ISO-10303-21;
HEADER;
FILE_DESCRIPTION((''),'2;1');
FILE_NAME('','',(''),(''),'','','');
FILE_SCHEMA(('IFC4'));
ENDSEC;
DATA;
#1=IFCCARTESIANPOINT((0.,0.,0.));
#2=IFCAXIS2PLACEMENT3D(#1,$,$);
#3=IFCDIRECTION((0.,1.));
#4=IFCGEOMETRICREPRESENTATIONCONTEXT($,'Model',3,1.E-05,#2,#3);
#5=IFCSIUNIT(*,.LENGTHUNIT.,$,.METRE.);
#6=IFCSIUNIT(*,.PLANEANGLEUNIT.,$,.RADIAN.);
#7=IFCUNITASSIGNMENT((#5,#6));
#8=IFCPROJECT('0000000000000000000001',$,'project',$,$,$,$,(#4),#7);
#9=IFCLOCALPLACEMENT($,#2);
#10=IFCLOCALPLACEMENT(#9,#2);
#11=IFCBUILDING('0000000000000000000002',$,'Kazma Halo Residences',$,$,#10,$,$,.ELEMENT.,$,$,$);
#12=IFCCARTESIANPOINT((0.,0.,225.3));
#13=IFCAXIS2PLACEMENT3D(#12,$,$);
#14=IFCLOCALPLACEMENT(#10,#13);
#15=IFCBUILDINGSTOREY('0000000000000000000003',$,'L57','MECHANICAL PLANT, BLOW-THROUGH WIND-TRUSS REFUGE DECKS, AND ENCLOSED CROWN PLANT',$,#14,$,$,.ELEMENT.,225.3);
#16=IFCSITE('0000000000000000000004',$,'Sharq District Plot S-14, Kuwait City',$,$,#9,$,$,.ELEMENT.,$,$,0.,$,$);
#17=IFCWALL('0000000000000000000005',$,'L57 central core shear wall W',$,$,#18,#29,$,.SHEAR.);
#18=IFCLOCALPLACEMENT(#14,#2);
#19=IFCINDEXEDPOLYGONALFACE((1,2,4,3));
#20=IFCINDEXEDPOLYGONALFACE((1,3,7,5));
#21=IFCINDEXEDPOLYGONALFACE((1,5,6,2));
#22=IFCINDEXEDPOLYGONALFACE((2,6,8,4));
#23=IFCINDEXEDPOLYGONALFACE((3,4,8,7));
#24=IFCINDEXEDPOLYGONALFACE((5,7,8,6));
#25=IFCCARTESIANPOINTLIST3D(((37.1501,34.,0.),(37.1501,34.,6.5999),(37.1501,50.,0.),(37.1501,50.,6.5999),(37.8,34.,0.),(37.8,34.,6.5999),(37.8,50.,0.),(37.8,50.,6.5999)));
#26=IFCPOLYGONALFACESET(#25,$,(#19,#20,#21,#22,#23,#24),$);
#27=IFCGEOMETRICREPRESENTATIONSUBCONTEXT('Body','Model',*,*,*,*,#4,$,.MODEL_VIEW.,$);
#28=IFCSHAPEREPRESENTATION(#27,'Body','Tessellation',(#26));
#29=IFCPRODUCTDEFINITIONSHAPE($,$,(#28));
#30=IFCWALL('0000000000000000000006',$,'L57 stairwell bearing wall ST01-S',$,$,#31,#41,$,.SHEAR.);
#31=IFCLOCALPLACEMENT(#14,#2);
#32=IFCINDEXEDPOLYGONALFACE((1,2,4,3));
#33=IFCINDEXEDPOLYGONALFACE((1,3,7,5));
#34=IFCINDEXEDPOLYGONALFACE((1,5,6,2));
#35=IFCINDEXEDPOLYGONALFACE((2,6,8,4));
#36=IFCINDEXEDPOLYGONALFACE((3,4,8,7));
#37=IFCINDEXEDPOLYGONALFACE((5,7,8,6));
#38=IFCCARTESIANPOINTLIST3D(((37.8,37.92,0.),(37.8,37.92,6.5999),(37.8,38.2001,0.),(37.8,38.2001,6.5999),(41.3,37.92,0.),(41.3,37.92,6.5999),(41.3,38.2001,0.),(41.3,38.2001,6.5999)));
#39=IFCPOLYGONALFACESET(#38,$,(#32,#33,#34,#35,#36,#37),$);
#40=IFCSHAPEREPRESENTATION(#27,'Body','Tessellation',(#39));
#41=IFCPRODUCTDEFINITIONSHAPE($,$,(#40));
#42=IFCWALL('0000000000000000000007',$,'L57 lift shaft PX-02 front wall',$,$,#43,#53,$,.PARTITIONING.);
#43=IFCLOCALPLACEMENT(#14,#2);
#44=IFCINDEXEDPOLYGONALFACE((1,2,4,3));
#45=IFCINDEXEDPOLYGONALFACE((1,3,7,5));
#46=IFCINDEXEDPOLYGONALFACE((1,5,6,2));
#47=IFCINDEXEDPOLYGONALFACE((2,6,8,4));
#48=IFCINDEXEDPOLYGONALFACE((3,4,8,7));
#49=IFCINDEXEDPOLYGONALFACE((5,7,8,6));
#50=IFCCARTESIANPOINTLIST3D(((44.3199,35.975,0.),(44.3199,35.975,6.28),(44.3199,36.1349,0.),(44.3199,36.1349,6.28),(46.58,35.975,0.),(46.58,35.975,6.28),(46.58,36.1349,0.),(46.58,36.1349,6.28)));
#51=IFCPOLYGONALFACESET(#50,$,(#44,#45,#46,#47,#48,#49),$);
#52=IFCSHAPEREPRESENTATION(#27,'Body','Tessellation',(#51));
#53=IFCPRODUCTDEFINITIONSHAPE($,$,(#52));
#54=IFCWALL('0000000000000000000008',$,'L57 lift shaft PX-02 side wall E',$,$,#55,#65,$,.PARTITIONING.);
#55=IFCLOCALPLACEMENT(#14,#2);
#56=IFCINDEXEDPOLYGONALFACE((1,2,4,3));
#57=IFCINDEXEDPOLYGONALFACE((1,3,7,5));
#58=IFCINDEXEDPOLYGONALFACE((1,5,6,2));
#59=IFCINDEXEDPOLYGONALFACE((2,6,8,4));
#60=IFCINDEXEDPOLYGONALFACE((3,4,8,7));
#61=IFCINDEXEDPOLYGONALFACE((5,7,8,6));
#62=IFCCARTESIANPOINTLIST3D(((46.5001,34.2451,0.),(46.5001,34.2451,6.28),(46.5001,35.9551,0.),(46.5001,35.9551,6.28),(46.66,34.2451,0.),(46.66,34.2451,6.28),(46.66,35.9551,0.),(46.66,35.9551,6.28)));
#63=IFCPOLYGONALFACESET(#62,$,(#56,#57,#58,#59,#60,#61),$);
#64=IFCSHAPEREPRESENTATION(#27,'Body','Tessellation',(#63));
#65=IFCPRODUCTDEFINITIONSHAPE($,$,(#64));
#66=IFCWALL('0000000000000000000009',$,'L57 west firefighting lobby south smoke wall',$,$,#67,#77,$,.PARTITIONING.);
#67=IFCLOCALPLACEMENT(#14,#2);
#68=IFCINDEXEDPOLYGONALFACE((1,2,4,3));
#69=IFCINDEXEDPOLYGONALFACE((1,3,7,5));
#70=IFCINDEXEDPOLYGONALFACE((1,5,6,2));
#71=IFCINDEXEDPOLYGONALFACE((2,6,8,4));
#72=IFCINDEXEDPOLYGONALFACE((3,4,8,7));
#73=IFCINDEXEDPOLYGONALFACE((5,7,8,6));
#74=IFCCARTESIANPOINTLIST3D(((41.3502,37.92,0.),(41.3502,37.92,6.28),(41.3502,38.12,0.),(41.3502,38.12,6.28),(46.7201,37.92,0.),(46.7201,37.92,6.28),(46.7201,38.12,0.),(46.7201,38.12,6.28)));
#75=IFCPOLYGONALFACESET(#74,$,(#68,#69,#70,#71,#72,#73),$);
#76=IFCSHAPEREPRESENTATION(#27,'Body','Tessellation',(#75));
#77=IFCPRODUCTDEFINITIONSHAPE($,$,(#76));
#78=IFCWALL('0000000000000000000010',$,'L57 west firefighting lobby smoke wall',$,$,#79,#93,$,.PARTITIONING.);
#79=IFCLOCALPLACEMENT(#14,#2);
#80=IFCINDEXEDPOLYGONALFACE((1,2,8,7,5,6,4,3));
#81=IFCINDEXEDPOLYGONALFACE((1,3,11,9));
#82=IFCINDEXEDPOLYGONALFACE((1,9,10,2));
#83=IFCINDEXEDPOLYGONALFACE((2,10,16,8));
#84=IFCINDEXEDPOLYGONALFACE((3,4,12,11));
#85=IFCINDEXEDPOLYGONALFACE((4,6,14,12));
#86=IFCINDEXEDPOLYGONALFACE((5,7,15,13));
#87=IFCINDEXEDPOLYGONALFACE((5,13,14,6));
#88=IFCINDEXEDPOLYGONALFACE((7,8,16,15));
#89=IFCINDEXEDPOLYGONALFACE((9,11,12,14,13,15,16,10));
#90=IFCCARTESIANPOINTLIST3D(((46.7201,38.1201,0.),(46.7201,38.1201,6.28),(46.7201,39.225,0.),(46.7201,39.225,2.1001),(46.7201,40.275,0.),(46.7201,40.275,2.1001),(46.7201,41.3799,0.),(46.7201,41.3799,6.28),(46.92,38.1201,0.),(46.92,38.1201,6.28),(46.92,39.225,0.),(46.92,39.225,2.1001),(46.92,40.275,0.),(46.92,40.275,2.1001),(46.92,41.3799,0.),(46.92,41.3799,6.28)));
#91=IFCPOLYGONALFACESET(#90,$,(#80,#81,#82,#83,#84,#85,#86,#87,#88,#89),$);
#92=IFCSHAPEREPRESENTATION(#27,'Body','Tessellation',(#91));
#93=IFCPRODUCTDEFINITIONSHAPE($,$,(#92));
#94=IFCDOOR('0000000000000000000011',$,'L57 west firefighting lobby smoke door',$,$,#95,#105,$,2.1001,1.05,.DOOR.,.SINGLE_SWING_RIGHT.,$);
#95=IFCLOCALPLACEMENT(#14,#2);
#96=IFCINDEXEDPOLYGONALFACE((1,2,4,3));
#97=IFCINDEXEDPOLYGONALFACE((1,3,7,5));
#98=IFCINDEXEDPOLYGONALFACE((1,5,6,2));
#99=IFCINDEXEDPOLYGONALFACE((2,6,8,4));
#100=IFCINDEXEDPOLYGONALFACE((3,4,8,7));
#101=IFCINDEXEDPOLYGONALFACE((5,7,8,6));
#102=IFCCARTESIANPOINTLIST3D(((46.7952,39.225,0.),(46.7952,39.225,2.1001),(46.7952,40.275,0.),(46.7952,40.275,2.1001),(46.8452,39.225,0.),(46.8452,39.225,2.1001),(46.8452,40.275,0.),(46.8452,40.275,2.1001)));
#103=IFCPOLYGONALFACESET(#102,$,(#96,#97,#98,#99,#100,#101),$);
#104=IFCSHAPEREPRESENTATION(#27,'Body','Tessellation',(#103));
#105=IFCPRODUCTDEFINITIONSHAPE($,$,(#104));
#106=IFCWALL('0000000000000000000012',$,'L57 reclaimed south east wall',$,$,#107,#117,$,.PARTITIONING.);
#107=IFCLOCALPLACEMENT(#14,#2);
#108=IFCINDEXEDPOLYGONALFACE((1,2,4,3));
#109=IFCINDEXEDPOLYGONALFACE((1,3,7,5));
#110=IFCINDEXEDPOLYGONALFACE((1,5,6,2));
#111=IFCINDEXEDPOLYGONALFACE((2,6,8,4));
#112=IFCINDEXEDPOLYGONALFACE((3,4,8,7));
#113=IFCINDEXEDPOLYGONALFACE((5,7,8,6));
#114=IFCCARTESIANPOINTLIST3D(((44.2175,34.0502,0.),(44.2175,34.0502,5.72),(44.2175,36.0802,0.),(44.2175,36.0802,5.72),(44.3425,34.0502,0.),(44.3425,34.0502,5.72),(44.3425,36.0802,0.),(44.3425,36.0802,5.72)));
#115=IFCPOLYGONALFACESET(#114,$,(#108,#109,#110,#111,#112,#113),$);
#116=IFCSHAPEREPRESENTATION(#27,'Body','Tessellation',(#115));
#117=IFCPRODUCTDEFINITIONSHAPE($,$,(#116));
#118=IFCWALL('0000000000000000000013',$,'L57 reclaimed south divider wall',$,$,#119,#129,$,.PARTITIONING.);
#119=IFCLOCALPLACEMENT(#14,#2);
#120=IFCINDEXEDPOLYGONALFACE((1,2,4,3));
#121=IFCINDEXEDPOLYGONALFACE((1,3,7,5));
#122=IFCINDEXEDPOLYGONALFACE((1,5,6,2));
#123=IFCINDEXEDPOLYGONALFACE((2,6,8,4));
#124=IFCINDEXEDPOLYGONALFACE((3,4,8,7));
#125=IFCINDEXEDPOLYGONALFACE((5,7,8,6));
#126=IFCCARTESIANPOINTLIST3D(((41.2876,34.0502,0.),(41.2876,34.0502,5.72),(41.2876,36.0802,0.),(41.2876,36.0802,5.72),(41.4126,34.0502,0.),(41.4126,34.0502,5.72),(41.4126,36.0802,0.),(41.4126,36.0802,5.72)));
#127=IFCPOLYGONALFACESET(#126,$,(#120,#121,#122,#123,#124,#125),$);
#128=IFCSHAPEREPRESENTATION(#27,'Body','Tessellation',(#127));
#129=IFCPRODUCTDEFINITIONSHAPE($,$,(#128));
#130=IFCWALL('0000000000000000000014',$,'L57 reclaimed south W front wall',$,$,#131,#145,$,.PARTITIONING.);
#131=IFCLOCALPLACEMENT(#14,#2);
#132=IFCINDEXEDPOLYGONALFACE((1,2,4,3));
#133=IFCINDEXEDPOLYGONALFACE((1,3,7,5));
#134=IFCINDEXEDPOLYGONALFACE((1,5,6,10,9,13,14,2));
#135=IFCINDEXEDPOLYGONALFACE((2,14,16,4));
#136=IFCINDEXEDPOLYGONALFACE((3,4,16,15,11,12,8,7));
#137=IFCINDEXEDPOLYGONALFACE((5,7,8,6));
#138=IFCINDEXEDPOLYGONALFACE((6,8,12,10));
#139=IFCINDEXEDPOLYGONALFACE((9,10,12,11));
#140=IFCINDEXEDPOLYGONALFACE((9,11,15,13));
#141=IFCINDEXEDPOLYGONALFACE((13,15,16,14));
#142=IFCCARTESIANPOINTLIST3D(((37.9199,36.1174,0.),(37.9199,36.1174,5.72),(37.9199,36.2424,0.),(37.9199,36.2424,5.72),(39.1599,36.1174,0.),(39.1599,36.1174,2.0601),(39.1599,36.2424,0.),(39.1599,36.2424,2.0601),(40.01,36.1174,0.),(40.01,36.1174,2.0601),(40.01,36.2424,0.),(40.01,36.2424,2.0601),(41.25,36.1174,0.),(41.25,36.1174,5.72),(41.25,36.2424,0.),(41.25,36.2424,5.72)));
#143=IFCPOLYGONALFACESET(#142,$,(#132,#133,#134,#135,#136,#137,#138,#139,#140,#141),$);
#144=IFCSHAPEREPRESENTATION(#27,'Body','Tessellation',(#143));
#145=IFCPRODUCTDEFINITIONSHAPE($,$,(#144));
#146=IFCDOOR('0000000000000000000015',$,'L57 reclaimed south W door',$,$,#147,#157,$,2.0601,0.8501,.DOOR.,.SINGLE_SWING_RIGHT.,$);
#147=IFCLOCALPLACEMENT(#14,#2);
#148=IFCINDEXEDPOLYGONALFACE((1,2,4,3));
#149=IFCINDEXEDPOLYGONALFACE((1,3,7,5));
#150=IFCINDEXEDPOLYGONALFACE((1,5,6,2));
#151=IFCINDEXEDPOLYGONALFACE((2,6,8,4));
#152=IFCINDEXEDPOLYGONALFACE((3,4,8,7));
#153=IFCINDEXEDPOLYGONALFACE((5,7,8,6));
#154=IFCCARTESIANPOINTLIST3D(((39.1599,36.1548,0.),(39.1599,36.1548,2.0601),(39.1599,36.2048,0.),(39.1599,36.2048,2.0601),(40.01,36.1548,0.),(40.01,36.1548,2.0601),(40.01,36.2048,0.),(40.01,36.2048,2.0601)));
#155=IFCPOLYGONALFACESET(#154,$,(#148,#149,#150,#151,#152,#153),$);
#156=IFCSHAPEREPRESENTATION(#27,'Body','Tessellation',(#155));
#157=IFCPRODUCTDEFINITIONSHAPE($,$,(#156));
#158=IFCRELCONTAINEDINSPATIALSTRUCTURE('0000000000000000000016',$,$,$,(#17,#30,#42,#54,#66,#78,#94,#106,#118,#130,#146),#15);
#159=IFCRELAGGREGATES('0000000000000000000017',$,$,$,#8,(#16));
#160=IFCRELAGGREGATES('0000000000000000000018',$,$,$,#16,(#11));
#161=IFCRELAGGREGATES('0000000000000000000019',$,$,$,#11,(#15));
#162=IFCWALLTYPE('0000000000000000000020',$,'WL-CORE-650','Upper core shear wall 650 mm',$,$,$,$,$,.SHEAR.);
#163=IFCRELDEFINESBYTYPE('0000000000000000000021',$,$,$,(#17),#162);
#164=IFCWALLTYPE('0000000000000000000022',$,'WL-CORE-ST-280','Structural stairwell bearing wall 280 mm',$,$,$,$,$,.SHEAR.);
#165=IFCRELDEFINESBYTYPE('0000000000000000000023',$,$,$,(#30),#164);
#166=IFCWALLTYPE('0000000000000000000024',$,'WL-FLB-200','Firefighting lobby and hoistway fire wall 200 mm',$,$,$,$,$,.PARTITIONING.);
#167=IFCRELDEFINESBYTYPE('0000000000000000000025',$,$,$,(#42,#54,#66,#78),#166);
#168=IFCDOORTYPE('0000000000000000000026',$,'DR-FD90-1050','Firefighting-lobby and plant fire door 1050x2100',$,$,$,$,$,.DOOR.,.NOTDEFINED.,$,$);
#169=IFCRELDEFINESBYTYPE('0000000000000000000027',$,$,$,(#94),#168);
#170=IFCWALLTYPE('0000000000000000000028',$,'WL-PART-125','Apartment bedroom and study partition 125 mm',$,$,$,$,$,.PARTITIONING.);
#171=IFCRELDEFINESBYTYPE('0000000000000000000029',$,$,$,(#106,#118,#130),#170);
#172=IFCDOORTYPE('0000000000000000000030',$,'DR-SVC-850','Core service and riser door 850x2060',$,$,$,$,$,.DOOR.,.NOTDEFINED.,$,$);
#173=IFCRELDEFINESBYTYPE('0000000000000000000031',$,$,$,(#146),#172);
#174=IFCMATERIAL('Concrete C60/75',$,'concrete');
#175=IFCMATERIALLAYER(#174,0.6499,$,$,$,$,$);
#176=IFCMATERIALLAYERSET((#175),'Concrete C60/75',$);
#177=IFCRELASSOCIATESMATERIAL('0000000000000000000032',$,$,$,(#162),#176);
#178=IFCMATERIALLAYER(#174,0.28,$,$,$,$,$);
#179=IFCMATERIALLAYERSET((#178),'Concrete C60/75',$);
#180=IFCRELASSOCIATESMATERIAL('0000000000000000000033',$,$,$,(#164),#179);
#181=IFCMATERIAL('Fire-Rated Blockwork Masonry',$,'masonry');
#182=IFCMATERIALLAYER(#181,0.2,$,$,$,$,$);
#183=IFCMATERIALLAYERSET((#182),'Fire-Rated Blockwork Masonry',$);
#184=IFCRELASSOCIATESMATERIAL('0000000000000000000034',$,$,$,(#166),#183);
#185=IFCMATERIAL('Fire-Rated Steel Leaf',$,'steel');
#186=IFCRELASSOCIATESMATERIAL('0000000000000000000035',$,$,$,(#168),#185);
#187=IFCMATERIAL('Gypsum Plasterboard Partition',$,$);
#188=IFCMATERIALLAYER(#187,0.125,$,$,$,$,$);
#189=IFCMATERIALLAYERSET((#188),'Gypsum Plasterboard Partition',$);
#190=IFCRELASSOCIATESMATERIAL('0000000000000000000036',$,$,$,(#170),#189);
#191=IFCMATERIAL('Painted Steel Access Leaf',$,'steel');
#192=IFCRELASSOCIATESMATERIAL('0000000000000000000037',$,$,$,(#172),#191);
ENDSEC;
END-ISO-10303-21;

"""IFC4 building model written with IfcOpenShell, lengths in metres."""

from ifc_helpers import new_model, si_unit, direction, frame, frame_2d, origin, place, context, subcontext, project, spatial, rectangle, extrude, material, layer, layer_set, type_object, element, fill, save


model = new_model("IFC4")

# Units and contexts
model_context = context("Model", 3, precision=1e-05, world=origin(), true_north=direction((0.0, 1.0)))
body_context = subcontext(model_context, "Body", "Model", "MODEL_VIEW")
ifc_project = project(units=[si_unit("LENGTHUNIT", "METRE"), si_unit("PLANEANGLEUNIT", "RADIAN")], contexts=[model_context])

# Site, building, storey
site_placement = place(None, origin())
site = spatial("IfcSite", under=ifc_project, at=site_placement, Name="Sharq District Plot S-14, Kuwait City", CompositionType="ELEMENT", RefElevation=0.0)
building_placement = place(site_placement, origin())
building = spatial("IfcBuilding", under=site, at=building_placement, Name="Kazma Halo Residences", CompositionType="ELEMENT")
storey_placement = place(building_placement, frame((0.0, 0.0, 225.3)))
storey = spatial("IfcBuildingStorey", under=building, at=storey_placement, Name="L57", Description="MECHANICAL PLANT, BLOW-THROUGH WIND-TRUSS REFUGE DECKS, AND ENCLOSED CROWN PLANT", CompositionType="ELEMENT", Elevation=225.3)

# Walls
ifc_material_1 = material(Name="Concrete C60/75", Category="concrete")
ifc_layer_1 = layer(ifc_material_1, 0.6499)
ifc_layer_set_1 = layer_set([ifc_layer_1], Name="Concrete C60/75")
wall_type_1 = type_object("IfcWallType", Name="WL-CORE-650", Description="Upper core shear wall 650 mm", PredefinedType="SHEAR", material=ifc_layer_set_1)
wall_1_placement = place(storey_placement, frame((37.4751, 34.0, 0.0), z_axis=(0.0, 0.0, 1.0), x_axis=(0.0, 1.0, 0.0)))
element("IfcWall", 1, at=wall_1_placement, inside=storey, type_object=wall_type_1, Name="L57 central core shear wall W", PredefinedType="SHEAR", context=body_context, shape_type="SweptSolid", body=[
    extrude(rectangle(XDim=16.0, YDim=0.6499, at=frame_2d((8.0, 0.0))), origin(), (0.0, 0.0, 1.0), 6.5999),
])
ifc_layer_2 = layer(ifc_material_1, 0.28)
ifc_layer_set_2 = layer_set([ifc_layer_2], Name="Concrete C60/75")
wall_type_2 = type_object("IfcWallType", Name="WL-CORE-ST-280", Description="Structural stairwell bearing wall 280 mm", PredefinedType="SHEAR", material=ifc_layer_set_2)
wall_2_placement = place(storey_placement, frame((37.8, 38.0601, 0.0), z_axis=(0.0, 0.0, 1.0), x_axis=(1.0, 0.0, 0.0)))
element("IfcWall", 2, at=wall_2_placement, inside=storey, type_object=wall_type_2, Name="L57 stairwell bearing wall ST01-S", PredefinedType="SHEAR", context=body_context, shape_type="SweptSolid", body=[
    extrude(rectangle(XDim=3.5, YDim=0.28, at=frame_2d((1.75, 0.0))), origin(), (0.0, 0.0, 1.0), 6.5999),
])
ifc_material_2 = material(Name="Fire-Rated Blockwork Masonry", Category="masonry")
ifc_layer_3 = layer(ifc_material_2, 0.2)
ifc_layer_set_3 = layer_set([ifc_layer_3], Name="Fire-Rated Blockwork Masonry")
wall_type_3 = type_object("IfcWallType", Name="WL-FLB-200", Description="Firefighting lobby and hoistway fire wall 200 mm", PredefinedType="PARTITIONING", material=ifc_layer_set_3)
wall_3_placement = place(storey_placement, frame((44.3201, 36.0549, 0.0), z_axis=(0.0, 0.0, 1.0), x_axis=(1.0, 0.0, 0.0)))
element("IfcWall", 3, at=wall_3_placement, inside=storey, type_object=wall_type_3, Name="L57 lift shaft PX-02 front wall", PredefinedType="PARTITIONING", context=body_context, shape_type="SweptSolid", body=[
    extrude(rectangle(XDim=2.26, YDim=0.1599, at=frame_2d((1.1299, 0.0))), origin(), (0.0, 0.0, 1.0), 6.28),
])
wall_4_placement = place(storey_placement, frame((46.5801, 34.2451, 0.0), z_axis=(0.0, 0.0, 1.0), x_axis=(0.0, 1.0, 0.0)))
element("IfcWall", 4, at=wall_4_placement, inside=storey, type_object=wall_type_3, Name="L57 lift shaft PX-02 side wall E", PredefinedType="PARTITIONING", context=body_context, shape_type="SweptSolid", body=[
    extrude(rectangle(XDim=1.71, YDim=0.1599, at=frame_2d((0.855, 0.0))), origin(), (0.0, 0.0, 1.0), 6.28),
])
wall_5_placement = place(storey_placement, frame((41.3501, 38.02, 0.0), z_axis=(0.0, 0.0, 1.0), x_axis=(1.0, 0.0, 0.0)))
element("IfcWall", 5, at=wall_5_placement, inside=storey, type_object=wall_type_3, Name="L57 west firefighting lobby south smoke wall", PredefinedType="PARTITIONING", context=body_context, shape_type="SweptSolid", body=[
    extrude(rectangle(XDim=5.3699, YDim=0.2, at=frame_2d((2.6851, 0.0))), origin(), (0.0, 0.0, 1.0), 6.28),
])

# Wall, opening, door
wall_6_placement = place(storey_placement, frame((46.8201, 38.1201, 0.0), z_axis=(0.0, 0.0, 1.0), x_axis=(0.0, 1.0, 0.0)))
wall_6 = element("IfcWall", 6, at=wall_6_placement, inside=storey, type_object=wall_type_3, Name="L57 west firefighting lobby smoke wall", PredefinedType="PARTITIONING", context=body_context, shape_type="SweptSolid", body=[
    extrude(rectangle(XDim=3.2598, YDim=0.2, at=frame_2d((1.6299, 0.0))), origin(), (0.0, 0.0, 1.0), 6.28),
])
opening_1_placement = place(wall_6_placement, frame((1.105, 0.0, 0.0)))
opening_1 = element("IfcOpeningElement", 7, at=opening_1_placement, cuts=wall_6, PredefinedType="OPENING", context=body_context, shape_type="SweptSolid", body=[
    extrude(rectangle(XDim=1.05, YDim=2.1001, at=frame_2d((0.5249, 1.05))), frame((0.0, 0.1099, 0.0), z_axis=(0.0, -1.0, 0.0), x_axis=(1.0, 0.0, 0.0)), (0.0, 0.0, 1.0), 0.22),
])
ifc_material_3 = material(Name="Fire-Rated Steel Leaf", Category="steel")
door_type_1 = type_object("IfcDoorType", Name="DR-FD90-1050", Description="Firefighting-lobby and plant fire door 1050x2100", OperationType="NOTDEFINED", PredefinedType="DOOR", material=ifc_material_3)
door_1_placement = place(opening_1_placement, origin())
door_1 = element("IfcDoor", 8, at=door_1_placement, inside=storey, type_object=door_type_1, Name="L57 west firefighting lobby smoke door", OperationType="SINGLE_SWING_RIGHT", OverallHeight=2.1001, OverallWidth=1.05, PredefinedType="DOOR", context=body_context, shape_type="SweptSolid", body=[
    extrude(rectangle(XDim=1.05, YDim=2.1001, at=frame_2d((0.5249, 1.05))), frame((0.0, 0.0249, 0.0), z_axis=(0.0, -1.0, 0.0), x_axis=(1.0, 0.0, 0.0)), (0.0, 0.0, 1.0), 0.05),
])
fill(opening_1, door_1)

# Walls
ifc_material_4 = material(Name="Gypsum Plasterboard Partition")
ifc_layer_4 = layer(ifc_material_4, 0.125)
ifc_layer_set_4 = layer_set([ifc_layer_4], Name="Gypsum Plasterboard Partition")
wall_type_4 = type_object("IfcWallType", Name="WL-PART-125", Description="Apartment bedroom and study partition 125 mm", PredefinedType="PARTITIONING", material=ifc_layer_set_4)
for number, where, z_axis, x_axis, name in (
    (9, (44.28, 34.05, 0.0), (0.0, 0.0, 1.0), (0.0, 1.0, 0.0), "L57 reclaimed south east wall"),
    (10, (41.3501, 34.05, 0.0), (0.0, 0.0, 1.0), (0.0, 1.0, 0.0), "L57 reclaimed south divider wall"),
):
    element("IfcWall", number, at=place(storey_placement, frame(where, z_axis=z_axis, x_axis=x_axis)), inside=storey, type_object=wall_type_4, Name=name, PredefinedType="PARTITIONING", context=body_context, shape_type="SweptSolid", body=[
        extrude(rectangle(XDim=2.03, YDim=0.125, at=frame_2d((1.0151, 0.0))), origin(), (0.0, 0.0, 1.0), 5.72),
    ])

# Wall, opening, door
wall_7_placement = place(storey_placement, frame((37.9199, 36.1799, 0.0), z_axis=(0.0, 0.0, 1.0), x_axis=(1.0, 0.0, 0.0)))
wall_7 = element("IfcWall", 11, at=wall_7_placement, inside=storey, type_object=wall_type_4, Name="L57 reclaimed south W front wall", PredefinedType="PARTITIONING", context=body_context, shape_type="SweptSolid", body=[
    extrude(rectangle(XDim=3.3301, YDim=0.125, at=frame_2d((1.665, 0.0))), origin(), (0.0, 0.0, 1.0), 5.72),
])
opening_2_placement = place(wall_7_placement, frame((1.24, 0.0, 0.0)))
opening_2 = element("IfcOpeningElement", 12, at=opening_2_placement, cuts=wall_7, PredefinedType="OPENING", context=body_context, shape_type="SweptSolid", body=[
    extrude(rectangle(XDim=0.8501, YDim=2.0601, at=frame_2d((0.425, 1.03))), frame((0.0, 0.0725, 0.0), z_axis=(0.0, -1.0, 0.0), x_axis=(1.0, 0.0, 0.0)), (0.0, 0.0, 1.0), 0.145),
])
ifc_material_5 = material(Name="Painted Steel Access Leaf", Category="steel")
door_type_2 = type_object("IfcDoorType", Name="DR-SVC-850", Description="Core service and riser door 850x2060", OperationType="NOTDEFINED", PredefinedType="DOOR", material=ifc_material_5)
door_2_placement = place(opening_2_placement, origin())
door_2 = element("IfcDoor", 13, at=door_2_placement, inside=storey, type_object=door_type_2, Name="L57 reclaimed south W door", OperationType="SINGLE_SWING_RIGHT", OverallHeight=2.0601, OverallWidth=0.8501, PredefinedType="DOOR", context=body_context, shape_type="SweptSolid", body=[
    extrude(rectangle(XDim=0.8501, YDim=2.0601, at=frame_2d((0.425, 1.03))), frame((0.0, 0.0249, 0.0), z_axis=(0.0, -1.0, 0.0), x_axis=(1.0, 0.0, 0.0)), (0.0, 0.0, 1.0), 0.05),
])
fill(opening_2, door_2)

save(model, "model.ifc")
